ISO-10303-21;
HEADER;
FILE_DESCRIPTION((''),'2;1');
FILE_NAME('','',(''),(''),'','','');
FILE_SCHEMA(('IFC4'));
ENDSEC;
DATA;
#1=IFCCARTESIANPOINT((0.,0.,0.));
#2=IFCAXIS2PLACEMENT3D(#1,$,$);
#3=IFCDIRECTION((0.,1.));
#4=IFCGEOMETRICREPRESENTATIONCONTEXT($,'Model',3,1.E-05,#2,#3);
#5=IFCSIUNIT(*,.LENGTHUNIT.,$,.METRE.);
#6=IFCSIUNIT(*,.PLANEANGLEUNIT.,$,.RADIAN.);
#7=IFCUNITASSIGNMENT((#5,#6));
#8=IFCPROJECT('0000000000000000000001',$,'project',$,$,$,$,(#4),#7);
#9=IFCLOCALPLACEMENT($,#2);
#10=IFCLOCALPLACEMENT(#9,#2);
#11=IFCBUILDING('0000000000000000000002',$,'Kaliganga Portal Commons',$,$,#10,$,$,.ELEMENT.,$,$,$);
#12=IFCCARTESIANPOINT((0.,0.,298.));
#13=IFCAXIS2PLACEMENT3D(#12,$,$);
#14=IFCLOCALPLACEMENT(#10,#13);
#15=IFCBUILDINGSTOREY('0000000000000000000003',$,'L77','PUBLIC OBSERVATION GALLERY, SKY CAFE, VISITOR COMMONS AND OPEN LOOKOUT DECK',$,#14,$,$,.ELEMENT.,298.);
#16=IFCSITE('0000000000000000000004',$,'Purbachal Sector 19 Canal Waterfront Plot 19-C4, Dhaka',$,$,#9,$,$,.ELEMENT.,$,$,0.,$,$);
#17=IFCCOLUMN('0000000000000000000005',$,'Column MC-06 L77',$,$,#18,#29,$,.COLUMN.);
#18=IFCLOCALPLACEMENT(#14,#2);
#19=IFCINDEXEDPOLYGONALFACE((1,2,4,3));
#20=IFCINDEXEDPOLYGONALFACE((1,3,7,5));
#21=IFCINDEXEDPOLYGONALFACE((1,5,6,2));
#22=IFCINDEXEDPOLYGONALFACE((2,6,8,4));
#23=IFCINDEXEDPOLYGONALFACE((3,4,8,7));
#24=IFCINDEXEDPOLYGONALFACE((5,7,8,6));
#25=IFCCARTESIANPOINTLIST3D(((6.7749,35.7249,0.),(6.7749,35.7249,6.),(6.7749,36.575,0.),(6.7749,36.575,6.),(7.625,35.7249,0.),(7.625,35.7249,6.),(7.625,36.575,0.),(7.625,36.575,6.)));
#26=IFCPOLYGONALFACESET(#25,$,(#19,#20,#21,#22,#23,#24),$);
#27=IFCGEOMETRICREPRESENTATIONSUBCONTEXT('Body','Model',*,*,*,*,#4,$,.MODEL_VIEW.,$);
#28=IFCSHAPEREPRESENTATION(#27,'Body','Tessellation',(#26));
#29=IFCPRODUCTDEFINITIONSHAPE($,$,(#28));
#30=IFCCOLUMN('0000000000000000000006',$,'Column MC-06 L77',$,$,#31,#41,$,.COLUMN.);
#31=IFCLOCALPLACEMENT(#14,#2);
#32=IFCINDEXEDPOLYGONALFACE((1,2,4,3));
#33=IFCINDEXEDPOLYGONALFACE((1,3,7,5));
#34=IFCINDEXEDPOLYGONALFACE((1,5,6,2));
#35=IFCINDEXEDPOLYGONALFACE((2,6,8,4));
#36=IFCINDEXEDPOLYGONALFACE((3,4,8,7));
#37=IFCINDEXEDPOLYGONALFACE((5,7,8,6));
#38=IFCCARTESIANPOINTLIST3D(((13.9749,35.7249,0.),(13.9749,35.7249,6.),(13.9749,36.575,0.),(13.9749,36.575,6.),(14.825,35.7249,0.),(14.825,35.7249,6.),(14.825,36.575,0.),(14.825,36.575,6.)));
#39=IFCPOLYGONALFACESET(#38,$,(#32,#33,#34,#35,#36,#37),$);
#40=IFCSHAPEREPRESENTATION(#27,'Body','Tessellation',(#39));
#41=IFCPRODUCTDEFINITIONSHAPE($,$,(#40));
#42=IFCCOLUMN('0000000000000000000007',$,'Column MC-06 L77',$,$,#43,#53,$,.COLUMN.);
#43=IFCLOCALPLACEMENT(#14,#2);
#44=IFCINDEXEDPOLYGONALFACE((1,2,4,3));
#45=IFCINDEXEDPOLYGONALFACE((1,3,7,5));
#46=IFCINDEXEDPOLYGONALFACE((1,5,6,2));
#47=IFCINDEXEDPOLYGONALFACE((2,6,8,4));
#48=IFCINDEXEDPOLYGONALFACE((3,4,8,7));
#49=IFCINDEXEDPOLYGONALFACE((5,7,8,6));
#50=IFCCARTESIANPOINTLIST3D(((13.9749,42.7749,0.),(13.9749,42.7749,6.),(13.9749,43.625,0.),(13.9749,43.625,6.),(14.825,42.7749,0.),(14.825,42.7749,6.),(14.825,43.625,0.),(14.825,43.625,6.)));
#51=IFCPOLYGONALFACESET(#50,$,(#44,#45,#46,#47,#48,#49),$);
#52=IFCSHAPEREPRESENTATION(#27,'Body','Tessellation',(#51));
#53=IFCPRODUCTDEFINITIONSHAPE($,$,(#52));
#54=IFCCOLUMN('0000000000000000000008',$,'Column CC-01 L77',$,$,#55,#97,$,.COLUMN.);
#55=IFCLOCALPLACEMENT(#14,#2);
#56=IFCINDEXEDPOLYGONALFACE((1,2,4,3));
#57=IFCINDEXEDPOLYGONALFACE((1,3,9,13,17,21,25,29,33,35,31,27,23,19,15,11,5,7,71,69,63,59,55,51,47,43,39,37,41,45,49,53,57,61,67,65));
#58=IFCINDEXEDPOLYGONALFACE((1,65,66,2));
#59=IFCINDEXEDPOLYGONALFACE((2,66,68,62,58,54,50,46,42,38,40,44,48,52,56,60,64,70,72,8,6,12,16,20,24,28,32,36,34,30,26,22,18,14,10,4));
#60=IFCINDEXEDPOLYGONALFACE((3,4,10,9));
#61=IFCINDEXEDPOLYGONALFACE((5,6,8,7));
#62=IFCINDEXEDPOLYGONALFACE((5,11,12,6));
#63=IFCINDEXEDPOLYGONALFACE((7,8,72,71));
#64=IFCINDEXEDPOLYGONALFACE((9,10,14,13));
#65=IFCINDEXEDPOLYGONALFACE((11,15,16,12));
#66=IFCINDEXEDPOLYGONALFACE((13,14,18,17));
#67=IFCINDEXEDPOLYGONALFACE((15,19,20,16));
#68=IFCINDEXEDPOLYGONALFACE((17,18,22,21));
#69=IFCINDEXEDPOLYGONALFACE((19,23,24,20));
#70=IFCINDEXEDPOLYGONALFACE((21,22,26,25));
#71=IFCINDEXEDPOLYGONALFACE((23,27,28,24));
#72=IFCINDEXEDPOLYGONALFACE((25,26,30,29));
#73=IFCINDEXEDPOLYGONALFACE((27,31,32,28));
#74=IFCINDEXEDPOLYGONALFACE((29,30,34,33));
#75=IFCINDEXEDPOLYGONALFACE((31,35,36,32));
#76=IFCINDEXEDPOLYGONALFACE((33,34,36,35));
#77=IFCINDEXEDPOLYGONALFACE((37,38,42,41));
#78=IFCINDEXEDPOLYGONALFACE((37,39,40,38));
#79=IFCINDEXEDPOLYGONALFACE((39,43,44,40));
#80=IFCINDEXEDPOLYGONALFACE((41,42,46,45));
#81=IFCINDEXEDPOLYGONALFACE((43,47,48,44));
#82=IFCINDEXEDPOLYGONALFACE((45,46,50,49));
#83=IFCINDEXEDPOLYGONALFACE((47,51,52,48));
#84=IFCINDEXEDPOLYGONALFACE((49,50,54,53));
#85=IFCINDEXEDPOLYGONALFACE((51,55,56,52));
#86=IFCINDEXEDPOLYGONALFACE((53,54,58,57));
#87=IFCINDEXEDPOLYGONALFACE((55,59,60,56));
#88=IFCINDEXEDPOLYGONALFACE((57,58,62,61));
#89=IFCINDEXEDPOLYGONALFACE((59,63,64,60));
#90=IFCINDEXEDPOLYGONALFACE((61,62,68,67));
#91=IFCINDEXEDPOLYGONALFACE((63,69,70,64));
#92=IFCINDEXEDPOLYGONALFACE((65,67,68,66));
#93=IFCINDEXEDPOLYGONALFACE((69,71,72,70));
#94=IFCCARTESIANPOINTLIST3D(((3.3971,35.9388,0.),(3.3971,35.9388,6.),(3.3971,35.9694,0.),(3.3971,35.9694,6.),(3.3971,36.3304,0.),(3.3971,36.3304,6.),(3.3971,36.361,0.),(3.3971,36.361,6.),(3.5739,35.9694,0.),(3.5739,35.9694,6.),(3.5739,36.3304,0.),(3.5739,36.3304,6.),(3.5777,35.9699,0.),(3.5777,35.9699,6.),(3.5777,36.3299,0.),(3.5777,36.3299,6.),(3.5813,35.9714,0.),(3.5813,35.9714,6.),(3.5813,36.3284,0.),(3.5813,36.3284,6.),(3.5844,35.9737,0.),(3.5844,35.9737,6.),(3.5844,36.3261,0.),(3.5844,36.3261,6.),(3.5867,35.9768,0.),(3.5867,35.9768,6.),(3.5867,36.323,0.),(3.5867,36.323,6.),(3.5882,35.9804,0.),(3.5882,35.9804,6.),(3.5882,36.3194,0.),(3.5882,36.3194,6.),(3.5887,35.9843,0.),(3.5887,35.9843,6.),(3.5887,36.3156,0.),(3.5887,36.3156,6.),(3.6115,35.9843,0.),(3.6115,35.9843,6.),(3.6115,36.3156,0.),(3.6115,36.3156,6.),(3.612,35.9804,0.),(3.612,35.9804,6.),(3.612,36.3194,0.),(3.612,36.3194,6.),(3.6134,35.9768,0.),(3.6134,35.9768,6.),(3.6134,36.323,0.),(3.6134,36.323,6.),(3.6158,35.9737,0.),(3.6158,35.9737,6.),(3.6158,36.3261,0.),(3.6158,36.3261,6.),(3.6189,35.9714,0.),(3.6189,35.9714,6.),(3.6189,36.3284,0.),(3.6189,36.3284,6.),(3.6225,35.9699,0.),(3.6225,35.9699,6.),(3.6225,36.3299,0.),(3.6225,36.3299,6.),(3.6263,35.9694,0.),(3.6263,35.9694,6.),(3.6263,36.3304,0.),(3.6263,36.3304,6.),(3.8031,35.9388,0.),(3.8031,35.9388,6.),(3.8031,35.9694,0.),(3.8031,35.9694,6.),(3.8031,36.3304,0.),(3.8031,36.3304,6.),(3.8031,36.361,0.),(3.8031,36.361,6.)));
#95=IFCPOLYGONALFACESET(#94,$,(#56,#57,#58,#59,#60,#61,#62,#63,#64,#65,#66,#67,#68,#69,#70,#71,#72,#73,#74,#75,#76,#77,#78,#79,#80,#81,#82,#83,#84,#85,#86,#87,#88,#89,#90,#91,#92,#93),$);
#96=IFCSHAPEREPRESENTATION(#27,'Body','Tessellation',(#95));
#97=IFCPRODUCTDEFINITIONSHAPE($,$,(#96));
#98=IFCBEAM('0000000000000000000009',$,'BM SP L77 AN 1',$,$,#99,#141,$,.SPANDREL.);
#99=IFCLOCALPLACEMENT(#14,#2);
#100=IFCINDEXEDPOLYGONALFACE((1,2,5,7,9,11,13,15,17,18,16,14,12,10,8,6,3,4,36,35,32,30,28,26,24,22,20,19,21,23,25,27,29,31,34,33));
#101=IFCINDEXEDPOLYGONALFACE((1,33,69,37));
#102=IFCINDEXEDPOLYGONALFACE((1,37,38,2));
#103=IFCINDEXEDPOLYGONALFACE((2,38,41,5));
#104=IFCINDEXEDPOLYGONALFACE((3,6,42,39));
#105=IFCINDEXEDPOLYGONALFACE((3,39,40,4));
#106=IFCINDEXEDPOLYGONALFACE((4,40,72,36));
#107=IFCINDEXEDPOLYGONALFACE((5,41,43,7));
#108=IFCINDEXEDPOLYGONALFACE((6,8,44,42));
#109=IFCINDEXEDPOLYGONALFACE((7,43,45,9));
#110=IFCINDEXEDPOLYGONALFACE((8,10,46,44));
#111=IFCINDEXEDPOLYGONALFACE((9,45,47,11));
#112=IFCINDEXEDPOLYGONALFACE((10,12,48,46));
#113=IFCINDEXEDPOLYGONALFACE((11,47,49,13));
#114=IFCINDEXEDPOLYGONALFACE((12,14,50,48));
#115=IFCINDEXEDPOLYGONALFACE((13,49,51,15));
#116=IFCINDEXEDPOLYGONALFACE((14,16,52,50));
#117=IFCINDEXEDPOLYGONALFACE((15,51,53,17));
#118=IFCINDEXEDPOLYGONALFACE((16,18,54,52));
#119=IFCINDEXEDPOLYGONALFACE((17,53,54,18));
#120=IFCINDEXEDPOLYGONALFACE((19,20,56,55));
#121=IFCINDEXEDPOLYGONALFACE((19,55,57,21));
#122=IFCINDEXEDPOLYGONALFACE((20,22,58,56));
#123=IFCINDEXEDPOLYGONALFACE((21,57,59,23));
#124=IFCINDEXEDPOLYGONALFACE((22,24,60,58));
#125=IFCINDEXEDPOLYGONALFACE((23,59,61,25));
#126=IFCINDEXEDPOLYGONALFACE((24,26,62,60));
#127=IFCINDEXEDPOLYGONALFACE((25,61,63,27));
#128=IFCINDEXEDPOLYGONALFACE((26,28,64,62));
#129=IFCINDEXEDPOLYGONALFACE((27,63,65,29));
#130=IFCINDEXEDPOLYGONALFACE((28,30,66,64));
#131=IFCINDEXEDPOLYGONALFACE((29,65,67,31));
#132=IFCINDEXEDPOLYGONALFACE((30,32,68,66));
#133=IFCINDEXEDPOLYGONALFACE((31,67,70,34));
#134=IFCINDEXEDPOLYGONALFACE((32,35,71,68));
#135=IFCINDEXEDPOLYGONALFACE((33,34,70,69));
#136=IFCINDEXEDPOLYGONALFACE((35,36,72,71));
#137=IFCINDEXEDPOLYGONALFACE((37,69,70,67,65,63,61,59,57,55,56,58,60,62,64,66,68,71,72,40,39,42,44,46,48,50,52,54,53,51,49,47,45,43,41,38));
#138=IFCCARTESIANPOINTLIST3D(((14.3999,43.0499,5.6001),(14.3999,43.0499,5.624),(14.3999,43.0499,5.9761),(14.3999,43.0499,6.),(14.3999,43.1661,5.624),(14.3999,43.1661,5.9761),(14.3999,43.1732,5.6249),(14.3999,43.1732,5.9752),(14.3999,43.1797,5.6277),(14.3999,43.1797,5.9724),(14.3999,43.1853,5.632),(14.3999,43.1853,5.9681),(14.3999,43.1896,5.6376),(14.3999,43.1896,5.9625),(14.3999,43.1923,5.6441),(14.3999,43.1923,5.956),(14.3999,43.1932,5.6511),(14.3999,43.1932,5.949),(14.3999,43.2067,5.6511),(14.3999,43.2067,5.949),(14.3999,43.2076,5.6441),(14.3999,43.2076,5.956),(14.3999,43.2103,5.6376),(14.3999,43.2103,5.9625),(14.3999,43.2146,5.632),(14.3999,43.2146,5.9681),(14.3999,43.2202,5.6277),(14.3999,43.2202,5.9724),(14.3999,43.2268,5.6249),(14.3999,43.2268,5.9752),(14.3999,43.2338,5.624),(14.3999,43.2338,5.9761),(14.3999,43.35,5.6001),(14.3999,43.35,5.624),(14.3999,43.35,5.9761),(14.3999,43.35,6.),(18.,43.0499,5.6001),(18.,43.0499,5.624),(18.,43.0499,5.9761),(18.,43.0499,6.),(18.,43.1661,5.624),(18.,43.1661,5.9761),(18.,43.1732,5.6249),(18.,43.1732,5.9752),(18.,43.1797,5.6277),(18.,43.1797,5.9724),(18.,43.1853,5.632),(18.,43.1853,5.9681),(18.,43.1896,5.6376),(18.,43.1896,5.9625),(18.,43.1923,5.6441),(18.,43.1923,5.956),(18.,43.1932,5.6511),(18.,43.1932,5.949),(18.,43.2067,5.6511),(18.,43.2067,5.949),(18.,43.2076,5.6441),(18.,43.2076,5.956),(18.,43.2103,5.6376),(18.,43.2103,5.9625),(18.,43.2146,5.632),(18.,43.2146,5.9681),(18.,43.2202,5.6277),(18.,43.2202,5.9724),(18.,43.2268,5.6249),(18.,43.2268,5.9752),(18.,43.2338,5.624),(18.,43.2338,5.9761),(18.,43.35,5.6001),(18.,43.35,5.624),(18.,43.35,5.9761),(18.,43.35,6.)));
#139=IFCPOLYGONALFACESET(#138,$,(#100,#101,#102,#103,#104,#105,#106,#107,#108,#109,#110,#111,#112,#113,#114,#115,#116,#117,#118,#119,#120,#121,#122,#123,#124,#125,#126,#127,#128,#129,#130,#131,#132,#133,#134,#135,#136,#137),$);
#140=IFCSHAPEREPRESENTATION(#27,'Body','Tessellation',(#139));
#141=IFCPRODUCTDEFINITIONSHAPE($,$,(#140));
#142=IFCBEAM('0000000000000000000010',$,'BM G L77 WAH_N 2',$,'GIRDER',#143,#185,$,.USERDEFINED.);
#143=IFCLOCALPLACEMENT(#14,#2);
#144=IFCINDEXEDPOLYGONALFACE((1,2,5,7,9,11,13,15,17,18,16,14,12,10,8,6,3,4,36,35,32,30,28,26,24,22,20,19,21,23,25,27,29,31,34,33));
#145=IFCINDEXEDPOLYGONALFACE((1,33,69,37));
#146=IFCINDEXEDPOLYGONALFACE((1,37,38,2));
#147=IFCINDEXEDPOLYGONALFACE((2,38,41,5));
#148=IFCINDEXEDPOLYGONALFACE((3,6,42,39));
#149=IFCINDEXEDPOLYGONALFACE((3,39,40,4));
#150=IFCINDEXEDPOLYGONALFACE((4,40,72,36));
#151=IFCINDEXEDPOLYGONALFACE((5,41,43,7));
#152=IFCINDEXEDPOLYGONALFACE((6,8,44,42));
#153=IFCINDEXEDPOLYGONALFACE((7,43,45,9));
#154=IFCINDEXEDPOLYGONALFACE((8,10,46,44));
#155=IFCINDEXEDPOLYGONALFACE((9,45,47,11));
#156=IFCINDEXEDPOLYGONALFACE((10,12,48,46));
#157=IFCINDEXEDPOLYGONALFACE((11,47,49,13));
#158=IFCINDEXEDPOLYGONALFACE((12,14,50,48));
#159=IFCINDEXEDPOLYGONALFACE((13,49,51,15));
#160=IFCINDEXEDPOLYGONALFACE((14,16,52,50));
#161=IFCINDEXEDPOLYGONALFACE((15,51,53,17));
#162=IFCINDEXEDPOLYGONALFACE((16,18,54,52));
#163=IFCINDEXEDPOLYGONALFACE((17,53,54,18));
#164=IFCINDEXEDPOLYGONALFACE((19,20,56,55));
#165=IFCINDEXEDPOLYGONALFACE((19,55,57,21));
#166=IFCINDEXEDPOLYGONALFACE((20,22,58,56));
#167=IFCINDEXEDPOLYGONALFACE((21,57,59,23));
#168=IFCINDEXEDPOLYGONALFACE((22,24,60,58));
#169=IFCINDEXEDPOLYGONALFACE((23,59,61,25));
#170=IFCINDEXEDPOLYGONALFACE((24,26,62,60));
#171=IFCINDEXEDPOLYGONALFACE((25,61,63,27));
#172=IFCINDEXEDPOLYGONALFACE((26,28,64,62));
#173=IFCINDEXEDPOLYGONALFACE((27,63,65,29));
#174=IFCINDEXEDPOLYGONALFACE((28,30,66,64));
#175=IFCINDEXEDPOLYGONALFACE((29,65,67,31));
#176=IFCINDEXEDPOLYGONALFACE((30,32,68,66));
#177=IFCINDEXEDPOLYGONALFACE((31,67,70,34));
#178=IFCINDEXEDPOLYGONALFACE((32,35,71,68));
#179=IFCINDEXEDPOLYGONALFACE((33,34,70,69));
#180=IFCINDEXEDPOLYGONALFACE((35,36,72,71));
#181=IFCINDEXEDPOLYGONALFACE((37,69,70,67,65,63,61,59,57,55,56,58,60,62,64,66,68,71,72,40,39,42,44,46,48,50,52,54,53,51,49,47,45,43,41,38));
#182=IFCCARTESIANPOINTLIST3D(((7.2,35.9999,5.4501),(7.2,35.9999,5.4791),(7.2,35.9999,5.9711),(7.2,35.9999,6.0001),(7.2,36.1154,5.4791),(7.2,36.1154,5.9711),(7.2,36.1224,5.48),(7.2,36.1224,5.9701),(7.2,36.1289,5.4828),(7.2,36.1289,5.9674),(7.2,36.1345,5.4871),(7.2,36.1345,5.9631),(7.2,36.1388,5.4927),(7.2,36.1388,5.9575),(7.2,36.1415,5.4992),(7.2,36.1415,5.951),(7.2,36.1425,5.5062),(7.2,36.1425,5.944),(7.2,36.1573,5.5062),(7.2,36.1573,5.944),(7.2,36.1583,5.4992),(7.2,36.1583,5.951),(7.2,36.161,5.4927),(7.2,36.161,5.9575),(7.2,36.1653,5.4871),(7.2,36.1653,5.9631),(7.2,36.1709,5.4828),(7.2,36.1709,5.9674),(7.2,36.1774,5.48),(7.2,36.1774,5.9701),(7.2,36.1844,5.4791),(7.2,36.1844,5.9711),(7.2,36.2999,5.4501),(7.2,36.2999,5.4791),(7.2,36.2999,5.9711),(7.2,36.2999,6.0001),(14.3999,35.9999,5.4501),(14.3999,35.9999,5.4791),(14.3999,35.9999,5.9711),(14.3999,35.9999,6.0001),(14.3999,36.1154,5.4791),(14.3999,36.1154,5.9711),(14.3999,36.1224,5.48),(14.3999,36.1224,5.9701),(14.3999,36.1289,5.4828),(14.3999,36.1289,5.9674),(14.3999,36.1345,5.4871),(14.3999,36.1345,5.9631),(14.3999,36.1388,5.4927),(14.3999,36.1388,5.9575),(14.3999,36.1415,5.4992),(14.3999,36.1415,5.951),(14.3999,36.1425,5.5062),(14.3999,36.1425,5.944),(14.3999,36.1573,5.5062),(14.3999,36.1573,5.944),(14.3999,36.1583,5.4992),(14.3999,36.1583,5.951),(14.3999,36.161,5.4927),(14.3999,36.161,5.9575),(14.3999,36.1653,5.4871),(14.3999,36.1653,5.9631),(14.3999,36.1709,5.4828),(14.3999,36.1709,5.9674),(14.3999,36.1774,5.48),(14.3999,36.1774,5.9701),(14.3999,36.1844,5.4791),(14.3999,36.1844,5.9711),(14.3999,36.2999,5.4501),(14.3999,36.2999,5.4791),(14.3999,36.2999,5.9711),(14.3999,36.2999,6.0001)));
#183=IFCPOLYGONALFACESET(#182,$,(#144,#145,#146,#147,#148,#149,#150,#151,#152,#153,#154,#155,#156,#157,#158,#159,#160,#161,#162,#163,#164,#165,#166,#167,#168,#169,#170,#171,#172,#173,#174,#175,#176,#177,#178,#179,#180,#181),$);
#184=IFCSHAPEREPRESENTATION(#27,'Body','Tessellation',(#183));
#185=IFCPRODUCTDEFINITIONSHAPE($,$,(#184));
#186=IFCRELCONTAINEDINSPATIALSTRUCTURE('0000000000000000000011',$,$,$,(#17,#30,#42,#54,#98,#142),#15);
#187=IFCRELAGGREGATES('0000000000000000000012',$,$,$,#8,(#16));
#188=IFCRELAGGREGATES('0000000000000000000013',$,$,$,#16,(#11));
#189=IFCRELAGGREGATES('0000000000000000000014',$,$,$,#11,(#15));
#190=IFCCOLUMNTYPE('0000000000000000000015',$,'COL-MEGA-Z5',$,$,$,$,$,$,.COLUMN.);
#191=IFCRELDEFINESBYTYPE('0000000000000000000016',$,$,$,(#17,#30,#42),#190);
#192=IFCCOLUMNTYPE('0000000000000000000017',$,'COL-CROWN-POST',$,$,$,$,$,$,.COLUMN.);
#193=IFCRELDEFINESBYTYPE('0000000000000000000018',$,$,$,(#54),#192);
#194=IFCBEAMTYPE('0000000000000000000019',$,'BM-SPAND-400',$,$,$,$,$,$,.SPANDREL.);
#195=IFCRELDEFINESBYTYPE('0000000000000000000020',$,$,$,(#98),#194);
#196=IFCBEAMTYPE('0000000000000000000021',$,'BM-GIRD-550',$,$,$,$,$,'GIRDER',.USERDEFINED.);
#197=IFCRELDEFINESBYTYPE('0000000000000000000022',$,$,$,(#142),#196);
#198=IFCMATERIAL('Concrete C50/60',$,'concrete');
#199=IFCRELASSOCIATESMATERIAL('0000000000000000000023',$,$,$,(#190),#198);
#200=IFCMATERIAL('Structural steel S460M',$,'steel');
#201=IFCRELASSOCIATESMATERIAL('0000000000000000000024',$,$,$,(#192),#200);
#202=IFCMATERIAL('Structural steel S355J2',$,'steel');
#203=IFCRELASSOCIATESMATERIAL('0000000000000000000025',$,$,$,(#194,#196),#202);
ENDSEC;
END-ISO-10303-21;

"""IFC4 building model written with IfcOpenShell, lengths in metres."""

from ifc_helpers import new_model, si_unit, direction, frame, origin, origin_2d, place, context, subcontext, project, spatial, rectangle, i_section, extrude, source, transform, mapped, material, material_profile, profile_set, type_object, element, save


model = new_model("IFC4")

# Units and contexts
model_context = context("Model", 3, precision=1e-05, world=origin(), true_north=direction((0.0, 1.0)))
body_context = subcontext(model_context, "Body", "Model", "MODEL_VIEW")
ifc_project = project(units=[si_unit("LENGTHUNIT", "METRE"), si_unit("PLANEANGLEUNIT", "RADIAN")], contexts=[model_context])

# Site, building, storey
site_placement = place(None, origin())
site = spatial("IfcSite", under=ifc_project, at=site_placement, Name="Purbachal Sector 19 Canal Waterfront Plot 19-C4, Dhaka", CompositionType="ELEMENT", RefElevation=0.0)
building_placement = place(site_placement, origin())
building = spatial("IfcBuilding", under=site, at=building_placement, Name="Kaliganga Portal Commons", CompositionType="ELEMENT")
storey_placement = place(building_placement, frame((0.0, 0.0, 298.0)))
storey = spatial("IfcBuildingStorey", under=building, at=storey_placement, Name="L77", Description="PUBLIC OBSERVATION GALLERY, SKY CAFE, VISITOR COMMONS AND OPEN LOOKOUT DECK", CompositionType="ELEMENT", Elevation=298.0)

# Columns
ifc_material_1 = material(Name="Concrete C50/60", Category="concrete")
ifc_material_profile_1 = material_profile(ifc_material_1, rectangle(XDim=0.8501, YDim=0.8501, at=origin_2d()), Name="RC 850x850")
ifc_profile_set_1 = profile_set([ifc_material_profile_1], Name="Concrete C50/60")
column_type_1 = type_object("IfcColumnType", Name="COL-MEGA-Z5", PredefinedType="COLUMN", material=ifc_profile_set_1)
shared_shape_1 = source(origin(), body_context, "Body", "SweptSolid", [
    extrude(rectangle(XDim=0.8501, YDim=0.8501, at=origin_2d()), origin(), (0.0, 0.0, 1.0), 6.0),
])
for number, where, z_axis, x_axis, name in (
    (1, (7.2, 36.1499, 0.0), (0.0, 0.0, 1.0), (1.0, 0.0, 0.0), "Column MC-06 L77"),
    (2, (14.3999, 36.1499, 0.0), (0.0, 0.0, 1.0), (1.0, 0.0, 0.0), "Column MC-06 L77"),
    (3, (14.3999, 43.2, 0.0), (0.0, 0.0, 1.0), (1.0, 0.0, 0.0), "Column MC-06 L77"),
):
    element("IfcColumn", number, at=place(storey_placement, frame(where, z_axis=z_axis, x_axis=x_axis)), inside=storey, type_object=column_type_1, Name=name, PredefinedType="COLUMN", context=body_context, shape_type="MappedRepresentation", body=[
        mapped(shared_shape_1, transform((0.0, 0.0, 0.0), x_axis=(1.0, 0.0, 0.0), y_axis=(0.0, 1.0, 0.0), z_axis=(0.0, 0.0, 1.0), scale=1.0)),
    ])
ifc_material_2 = material(Name="Structural steel S460M", Category="steel")
ifc_material_profile_2 = material_profile(ifc_material_2, i_section(OverallWidth=0.406, OverallDepth=0.4221, WebThickness=0.0227, FlangeThickness=0.0305, FilletRadius=0.0149, at=origin_2d()), Name="HD 400x382")
ifc_profile_set_2 = profile_set([ifc_material_profile_2], Name="Structural steel S460M wide-flange")
column_type_2 = type_object("IfcColumnType", Name="COL-CROWN-POST", PredefinedType="COLUMN", material=ifc_profile_set_2)
shared_shape_2 = source(origin(), body_context, "Body", "SweptSolid", [
    extrude(i_section(OverallWidth=0.406, OverallDepth=0.4221, WebThickness=0.0227, FlangeThickness=0.0305, FilletRadius=0.0149, at=origin_2d()), origin(), (0.0, 0.0, 1.0), 6.0),
])
column_placement = place(storey_placement, frame((3.6001, 36.1499, 0.0), z_axis=(0.0, 0.0, 1.0), x_axis=(1.0, 0.0, 0.0)))
element("IfcColumn", 4, at=column_placement, inside=storey, type_object=column_type_2, Name="Column CC-01 L77", PredefinedType="COLUMN", context=body_context, shape_type="MappedRepresentation", body=[
    mapped(shared_shape_2, transform((0.0, 0.0, 0.0), x_axis=(1.0, 0.0, 0.0), y_axis=(0.0, 1.0, 0.0), z_axis=(0.0, 0.0, 1.0), scale=1.0)),
])

# Beams
ifc_material_3 = material(Name="Structural steel S355J2", Category="steel")
ifc_material_profile_3 = material_profile(ifc_material_3, i_section(OverallWidth=0.3, OverallDepth=0.3999, WebThickness=0.0134, FlangeThickness=0.0239, FilletRadius=0.0271, at=origin_2d()), Name="HE 400 B")
ifc_profile_set_3 = profile_set([ifc_material_profile_3], Name="Structural steel S355J2 wide-flange")
beam_type_1 = type_object("IfcBeamType", Name="BM-SPAND-400", PredefinedType="SPANDREL", material=ifc_profile_set_3)
shared_shape_3 = source(origin(), body_context, "Body", "SweptSolid", [
    extrude(i_section(OverallWidth=0.3, OverallDepth=0.3999, WebThickness=0.0134, FlangeThickness=0.0239, FilletRadius=0.0271, at=origin_2d()), origin(), (0.0, 0.0, 1.0), 3.6001),
])
beam_1_placement = place(storey_placement, frame((14.3999, 43.2, 5.8), z_axis=(1.0, 0.0, 0.0), x_axis=(0.0, 1.0, 0.0)))
element("IfcBeam", 5, at=beam_1_placement, inside=storey, type_object=beam_type_1, Name="BM SP L77 AN 1", PredefinedType="SPANDREL", context=body_context, shape_type="MappedRepresentation", body=[
    mapped(shared_shape_3, transform((0.0, 0.0, 0.0), x_axis=(1.0, 0.0, 0.0), y_axis=(0.0, 1.0, 0.0), z_axis=(0.0, 0.0, 1.0), scale=1.0)),
])
ifc_material_profile_4 = material_profile(ifc_material_3, i_section(OverallWidth=0.3, OverallDepth=0.55, WebThickness=0.0149, FlangeThickness=0.0291, FilletRadius=0.0271, at=origin_2d()), Name="HE 550 B")
ifc_profile_set_4 = profile_set([ifc_material_profile_4], Name="Structural steel S355J2 wide-flange")
beam_type_2 = type_object("IfcBeamType", Name="BM-GIRD-550", ElementType="GIRDER", PredefinedType="USERDEFINED", material=ifc_profile_set_4)
shared_shape_4 = source(origin(), body_context, "Body", "SweptSolid", [
    extrude(i_section(OverallWidth=0.3, OverallDepth=0.55, WebThickness=0.0149, FlangeThickness=0.0291, FilletRadius=0.0271, at=origin_2d()), origin(), (0.0, 0.0, 1.0), 7.2),
])
beam_2_placement = place(storey_placement, frame((7.2, 36.1499, 5.7251), z_axis=(1.0, 0.0, 0.0), x_axis=(0.0, 1.0, 0.0)))
element("IfcBeam", 6, at=beam_2_placement, inside=storey, type_object=beam_type_2, Name="BM G L77 WAH_N 2", ObjectType="GIRDER", PredefinedType="USERDEFINED", context=body_context, shape_type="MappedRepresentation", body=[
    mapped(shared_shape_4, transform((0.0, 0.0, 0.0), x_axis=(1.0, 0.0, 0.0), y_axis=(0.0, 1.0, 0.0), z_axis=(0.0, 0.0, 1.0), scale=1.0)),
])

save(model, "model.ifc")
